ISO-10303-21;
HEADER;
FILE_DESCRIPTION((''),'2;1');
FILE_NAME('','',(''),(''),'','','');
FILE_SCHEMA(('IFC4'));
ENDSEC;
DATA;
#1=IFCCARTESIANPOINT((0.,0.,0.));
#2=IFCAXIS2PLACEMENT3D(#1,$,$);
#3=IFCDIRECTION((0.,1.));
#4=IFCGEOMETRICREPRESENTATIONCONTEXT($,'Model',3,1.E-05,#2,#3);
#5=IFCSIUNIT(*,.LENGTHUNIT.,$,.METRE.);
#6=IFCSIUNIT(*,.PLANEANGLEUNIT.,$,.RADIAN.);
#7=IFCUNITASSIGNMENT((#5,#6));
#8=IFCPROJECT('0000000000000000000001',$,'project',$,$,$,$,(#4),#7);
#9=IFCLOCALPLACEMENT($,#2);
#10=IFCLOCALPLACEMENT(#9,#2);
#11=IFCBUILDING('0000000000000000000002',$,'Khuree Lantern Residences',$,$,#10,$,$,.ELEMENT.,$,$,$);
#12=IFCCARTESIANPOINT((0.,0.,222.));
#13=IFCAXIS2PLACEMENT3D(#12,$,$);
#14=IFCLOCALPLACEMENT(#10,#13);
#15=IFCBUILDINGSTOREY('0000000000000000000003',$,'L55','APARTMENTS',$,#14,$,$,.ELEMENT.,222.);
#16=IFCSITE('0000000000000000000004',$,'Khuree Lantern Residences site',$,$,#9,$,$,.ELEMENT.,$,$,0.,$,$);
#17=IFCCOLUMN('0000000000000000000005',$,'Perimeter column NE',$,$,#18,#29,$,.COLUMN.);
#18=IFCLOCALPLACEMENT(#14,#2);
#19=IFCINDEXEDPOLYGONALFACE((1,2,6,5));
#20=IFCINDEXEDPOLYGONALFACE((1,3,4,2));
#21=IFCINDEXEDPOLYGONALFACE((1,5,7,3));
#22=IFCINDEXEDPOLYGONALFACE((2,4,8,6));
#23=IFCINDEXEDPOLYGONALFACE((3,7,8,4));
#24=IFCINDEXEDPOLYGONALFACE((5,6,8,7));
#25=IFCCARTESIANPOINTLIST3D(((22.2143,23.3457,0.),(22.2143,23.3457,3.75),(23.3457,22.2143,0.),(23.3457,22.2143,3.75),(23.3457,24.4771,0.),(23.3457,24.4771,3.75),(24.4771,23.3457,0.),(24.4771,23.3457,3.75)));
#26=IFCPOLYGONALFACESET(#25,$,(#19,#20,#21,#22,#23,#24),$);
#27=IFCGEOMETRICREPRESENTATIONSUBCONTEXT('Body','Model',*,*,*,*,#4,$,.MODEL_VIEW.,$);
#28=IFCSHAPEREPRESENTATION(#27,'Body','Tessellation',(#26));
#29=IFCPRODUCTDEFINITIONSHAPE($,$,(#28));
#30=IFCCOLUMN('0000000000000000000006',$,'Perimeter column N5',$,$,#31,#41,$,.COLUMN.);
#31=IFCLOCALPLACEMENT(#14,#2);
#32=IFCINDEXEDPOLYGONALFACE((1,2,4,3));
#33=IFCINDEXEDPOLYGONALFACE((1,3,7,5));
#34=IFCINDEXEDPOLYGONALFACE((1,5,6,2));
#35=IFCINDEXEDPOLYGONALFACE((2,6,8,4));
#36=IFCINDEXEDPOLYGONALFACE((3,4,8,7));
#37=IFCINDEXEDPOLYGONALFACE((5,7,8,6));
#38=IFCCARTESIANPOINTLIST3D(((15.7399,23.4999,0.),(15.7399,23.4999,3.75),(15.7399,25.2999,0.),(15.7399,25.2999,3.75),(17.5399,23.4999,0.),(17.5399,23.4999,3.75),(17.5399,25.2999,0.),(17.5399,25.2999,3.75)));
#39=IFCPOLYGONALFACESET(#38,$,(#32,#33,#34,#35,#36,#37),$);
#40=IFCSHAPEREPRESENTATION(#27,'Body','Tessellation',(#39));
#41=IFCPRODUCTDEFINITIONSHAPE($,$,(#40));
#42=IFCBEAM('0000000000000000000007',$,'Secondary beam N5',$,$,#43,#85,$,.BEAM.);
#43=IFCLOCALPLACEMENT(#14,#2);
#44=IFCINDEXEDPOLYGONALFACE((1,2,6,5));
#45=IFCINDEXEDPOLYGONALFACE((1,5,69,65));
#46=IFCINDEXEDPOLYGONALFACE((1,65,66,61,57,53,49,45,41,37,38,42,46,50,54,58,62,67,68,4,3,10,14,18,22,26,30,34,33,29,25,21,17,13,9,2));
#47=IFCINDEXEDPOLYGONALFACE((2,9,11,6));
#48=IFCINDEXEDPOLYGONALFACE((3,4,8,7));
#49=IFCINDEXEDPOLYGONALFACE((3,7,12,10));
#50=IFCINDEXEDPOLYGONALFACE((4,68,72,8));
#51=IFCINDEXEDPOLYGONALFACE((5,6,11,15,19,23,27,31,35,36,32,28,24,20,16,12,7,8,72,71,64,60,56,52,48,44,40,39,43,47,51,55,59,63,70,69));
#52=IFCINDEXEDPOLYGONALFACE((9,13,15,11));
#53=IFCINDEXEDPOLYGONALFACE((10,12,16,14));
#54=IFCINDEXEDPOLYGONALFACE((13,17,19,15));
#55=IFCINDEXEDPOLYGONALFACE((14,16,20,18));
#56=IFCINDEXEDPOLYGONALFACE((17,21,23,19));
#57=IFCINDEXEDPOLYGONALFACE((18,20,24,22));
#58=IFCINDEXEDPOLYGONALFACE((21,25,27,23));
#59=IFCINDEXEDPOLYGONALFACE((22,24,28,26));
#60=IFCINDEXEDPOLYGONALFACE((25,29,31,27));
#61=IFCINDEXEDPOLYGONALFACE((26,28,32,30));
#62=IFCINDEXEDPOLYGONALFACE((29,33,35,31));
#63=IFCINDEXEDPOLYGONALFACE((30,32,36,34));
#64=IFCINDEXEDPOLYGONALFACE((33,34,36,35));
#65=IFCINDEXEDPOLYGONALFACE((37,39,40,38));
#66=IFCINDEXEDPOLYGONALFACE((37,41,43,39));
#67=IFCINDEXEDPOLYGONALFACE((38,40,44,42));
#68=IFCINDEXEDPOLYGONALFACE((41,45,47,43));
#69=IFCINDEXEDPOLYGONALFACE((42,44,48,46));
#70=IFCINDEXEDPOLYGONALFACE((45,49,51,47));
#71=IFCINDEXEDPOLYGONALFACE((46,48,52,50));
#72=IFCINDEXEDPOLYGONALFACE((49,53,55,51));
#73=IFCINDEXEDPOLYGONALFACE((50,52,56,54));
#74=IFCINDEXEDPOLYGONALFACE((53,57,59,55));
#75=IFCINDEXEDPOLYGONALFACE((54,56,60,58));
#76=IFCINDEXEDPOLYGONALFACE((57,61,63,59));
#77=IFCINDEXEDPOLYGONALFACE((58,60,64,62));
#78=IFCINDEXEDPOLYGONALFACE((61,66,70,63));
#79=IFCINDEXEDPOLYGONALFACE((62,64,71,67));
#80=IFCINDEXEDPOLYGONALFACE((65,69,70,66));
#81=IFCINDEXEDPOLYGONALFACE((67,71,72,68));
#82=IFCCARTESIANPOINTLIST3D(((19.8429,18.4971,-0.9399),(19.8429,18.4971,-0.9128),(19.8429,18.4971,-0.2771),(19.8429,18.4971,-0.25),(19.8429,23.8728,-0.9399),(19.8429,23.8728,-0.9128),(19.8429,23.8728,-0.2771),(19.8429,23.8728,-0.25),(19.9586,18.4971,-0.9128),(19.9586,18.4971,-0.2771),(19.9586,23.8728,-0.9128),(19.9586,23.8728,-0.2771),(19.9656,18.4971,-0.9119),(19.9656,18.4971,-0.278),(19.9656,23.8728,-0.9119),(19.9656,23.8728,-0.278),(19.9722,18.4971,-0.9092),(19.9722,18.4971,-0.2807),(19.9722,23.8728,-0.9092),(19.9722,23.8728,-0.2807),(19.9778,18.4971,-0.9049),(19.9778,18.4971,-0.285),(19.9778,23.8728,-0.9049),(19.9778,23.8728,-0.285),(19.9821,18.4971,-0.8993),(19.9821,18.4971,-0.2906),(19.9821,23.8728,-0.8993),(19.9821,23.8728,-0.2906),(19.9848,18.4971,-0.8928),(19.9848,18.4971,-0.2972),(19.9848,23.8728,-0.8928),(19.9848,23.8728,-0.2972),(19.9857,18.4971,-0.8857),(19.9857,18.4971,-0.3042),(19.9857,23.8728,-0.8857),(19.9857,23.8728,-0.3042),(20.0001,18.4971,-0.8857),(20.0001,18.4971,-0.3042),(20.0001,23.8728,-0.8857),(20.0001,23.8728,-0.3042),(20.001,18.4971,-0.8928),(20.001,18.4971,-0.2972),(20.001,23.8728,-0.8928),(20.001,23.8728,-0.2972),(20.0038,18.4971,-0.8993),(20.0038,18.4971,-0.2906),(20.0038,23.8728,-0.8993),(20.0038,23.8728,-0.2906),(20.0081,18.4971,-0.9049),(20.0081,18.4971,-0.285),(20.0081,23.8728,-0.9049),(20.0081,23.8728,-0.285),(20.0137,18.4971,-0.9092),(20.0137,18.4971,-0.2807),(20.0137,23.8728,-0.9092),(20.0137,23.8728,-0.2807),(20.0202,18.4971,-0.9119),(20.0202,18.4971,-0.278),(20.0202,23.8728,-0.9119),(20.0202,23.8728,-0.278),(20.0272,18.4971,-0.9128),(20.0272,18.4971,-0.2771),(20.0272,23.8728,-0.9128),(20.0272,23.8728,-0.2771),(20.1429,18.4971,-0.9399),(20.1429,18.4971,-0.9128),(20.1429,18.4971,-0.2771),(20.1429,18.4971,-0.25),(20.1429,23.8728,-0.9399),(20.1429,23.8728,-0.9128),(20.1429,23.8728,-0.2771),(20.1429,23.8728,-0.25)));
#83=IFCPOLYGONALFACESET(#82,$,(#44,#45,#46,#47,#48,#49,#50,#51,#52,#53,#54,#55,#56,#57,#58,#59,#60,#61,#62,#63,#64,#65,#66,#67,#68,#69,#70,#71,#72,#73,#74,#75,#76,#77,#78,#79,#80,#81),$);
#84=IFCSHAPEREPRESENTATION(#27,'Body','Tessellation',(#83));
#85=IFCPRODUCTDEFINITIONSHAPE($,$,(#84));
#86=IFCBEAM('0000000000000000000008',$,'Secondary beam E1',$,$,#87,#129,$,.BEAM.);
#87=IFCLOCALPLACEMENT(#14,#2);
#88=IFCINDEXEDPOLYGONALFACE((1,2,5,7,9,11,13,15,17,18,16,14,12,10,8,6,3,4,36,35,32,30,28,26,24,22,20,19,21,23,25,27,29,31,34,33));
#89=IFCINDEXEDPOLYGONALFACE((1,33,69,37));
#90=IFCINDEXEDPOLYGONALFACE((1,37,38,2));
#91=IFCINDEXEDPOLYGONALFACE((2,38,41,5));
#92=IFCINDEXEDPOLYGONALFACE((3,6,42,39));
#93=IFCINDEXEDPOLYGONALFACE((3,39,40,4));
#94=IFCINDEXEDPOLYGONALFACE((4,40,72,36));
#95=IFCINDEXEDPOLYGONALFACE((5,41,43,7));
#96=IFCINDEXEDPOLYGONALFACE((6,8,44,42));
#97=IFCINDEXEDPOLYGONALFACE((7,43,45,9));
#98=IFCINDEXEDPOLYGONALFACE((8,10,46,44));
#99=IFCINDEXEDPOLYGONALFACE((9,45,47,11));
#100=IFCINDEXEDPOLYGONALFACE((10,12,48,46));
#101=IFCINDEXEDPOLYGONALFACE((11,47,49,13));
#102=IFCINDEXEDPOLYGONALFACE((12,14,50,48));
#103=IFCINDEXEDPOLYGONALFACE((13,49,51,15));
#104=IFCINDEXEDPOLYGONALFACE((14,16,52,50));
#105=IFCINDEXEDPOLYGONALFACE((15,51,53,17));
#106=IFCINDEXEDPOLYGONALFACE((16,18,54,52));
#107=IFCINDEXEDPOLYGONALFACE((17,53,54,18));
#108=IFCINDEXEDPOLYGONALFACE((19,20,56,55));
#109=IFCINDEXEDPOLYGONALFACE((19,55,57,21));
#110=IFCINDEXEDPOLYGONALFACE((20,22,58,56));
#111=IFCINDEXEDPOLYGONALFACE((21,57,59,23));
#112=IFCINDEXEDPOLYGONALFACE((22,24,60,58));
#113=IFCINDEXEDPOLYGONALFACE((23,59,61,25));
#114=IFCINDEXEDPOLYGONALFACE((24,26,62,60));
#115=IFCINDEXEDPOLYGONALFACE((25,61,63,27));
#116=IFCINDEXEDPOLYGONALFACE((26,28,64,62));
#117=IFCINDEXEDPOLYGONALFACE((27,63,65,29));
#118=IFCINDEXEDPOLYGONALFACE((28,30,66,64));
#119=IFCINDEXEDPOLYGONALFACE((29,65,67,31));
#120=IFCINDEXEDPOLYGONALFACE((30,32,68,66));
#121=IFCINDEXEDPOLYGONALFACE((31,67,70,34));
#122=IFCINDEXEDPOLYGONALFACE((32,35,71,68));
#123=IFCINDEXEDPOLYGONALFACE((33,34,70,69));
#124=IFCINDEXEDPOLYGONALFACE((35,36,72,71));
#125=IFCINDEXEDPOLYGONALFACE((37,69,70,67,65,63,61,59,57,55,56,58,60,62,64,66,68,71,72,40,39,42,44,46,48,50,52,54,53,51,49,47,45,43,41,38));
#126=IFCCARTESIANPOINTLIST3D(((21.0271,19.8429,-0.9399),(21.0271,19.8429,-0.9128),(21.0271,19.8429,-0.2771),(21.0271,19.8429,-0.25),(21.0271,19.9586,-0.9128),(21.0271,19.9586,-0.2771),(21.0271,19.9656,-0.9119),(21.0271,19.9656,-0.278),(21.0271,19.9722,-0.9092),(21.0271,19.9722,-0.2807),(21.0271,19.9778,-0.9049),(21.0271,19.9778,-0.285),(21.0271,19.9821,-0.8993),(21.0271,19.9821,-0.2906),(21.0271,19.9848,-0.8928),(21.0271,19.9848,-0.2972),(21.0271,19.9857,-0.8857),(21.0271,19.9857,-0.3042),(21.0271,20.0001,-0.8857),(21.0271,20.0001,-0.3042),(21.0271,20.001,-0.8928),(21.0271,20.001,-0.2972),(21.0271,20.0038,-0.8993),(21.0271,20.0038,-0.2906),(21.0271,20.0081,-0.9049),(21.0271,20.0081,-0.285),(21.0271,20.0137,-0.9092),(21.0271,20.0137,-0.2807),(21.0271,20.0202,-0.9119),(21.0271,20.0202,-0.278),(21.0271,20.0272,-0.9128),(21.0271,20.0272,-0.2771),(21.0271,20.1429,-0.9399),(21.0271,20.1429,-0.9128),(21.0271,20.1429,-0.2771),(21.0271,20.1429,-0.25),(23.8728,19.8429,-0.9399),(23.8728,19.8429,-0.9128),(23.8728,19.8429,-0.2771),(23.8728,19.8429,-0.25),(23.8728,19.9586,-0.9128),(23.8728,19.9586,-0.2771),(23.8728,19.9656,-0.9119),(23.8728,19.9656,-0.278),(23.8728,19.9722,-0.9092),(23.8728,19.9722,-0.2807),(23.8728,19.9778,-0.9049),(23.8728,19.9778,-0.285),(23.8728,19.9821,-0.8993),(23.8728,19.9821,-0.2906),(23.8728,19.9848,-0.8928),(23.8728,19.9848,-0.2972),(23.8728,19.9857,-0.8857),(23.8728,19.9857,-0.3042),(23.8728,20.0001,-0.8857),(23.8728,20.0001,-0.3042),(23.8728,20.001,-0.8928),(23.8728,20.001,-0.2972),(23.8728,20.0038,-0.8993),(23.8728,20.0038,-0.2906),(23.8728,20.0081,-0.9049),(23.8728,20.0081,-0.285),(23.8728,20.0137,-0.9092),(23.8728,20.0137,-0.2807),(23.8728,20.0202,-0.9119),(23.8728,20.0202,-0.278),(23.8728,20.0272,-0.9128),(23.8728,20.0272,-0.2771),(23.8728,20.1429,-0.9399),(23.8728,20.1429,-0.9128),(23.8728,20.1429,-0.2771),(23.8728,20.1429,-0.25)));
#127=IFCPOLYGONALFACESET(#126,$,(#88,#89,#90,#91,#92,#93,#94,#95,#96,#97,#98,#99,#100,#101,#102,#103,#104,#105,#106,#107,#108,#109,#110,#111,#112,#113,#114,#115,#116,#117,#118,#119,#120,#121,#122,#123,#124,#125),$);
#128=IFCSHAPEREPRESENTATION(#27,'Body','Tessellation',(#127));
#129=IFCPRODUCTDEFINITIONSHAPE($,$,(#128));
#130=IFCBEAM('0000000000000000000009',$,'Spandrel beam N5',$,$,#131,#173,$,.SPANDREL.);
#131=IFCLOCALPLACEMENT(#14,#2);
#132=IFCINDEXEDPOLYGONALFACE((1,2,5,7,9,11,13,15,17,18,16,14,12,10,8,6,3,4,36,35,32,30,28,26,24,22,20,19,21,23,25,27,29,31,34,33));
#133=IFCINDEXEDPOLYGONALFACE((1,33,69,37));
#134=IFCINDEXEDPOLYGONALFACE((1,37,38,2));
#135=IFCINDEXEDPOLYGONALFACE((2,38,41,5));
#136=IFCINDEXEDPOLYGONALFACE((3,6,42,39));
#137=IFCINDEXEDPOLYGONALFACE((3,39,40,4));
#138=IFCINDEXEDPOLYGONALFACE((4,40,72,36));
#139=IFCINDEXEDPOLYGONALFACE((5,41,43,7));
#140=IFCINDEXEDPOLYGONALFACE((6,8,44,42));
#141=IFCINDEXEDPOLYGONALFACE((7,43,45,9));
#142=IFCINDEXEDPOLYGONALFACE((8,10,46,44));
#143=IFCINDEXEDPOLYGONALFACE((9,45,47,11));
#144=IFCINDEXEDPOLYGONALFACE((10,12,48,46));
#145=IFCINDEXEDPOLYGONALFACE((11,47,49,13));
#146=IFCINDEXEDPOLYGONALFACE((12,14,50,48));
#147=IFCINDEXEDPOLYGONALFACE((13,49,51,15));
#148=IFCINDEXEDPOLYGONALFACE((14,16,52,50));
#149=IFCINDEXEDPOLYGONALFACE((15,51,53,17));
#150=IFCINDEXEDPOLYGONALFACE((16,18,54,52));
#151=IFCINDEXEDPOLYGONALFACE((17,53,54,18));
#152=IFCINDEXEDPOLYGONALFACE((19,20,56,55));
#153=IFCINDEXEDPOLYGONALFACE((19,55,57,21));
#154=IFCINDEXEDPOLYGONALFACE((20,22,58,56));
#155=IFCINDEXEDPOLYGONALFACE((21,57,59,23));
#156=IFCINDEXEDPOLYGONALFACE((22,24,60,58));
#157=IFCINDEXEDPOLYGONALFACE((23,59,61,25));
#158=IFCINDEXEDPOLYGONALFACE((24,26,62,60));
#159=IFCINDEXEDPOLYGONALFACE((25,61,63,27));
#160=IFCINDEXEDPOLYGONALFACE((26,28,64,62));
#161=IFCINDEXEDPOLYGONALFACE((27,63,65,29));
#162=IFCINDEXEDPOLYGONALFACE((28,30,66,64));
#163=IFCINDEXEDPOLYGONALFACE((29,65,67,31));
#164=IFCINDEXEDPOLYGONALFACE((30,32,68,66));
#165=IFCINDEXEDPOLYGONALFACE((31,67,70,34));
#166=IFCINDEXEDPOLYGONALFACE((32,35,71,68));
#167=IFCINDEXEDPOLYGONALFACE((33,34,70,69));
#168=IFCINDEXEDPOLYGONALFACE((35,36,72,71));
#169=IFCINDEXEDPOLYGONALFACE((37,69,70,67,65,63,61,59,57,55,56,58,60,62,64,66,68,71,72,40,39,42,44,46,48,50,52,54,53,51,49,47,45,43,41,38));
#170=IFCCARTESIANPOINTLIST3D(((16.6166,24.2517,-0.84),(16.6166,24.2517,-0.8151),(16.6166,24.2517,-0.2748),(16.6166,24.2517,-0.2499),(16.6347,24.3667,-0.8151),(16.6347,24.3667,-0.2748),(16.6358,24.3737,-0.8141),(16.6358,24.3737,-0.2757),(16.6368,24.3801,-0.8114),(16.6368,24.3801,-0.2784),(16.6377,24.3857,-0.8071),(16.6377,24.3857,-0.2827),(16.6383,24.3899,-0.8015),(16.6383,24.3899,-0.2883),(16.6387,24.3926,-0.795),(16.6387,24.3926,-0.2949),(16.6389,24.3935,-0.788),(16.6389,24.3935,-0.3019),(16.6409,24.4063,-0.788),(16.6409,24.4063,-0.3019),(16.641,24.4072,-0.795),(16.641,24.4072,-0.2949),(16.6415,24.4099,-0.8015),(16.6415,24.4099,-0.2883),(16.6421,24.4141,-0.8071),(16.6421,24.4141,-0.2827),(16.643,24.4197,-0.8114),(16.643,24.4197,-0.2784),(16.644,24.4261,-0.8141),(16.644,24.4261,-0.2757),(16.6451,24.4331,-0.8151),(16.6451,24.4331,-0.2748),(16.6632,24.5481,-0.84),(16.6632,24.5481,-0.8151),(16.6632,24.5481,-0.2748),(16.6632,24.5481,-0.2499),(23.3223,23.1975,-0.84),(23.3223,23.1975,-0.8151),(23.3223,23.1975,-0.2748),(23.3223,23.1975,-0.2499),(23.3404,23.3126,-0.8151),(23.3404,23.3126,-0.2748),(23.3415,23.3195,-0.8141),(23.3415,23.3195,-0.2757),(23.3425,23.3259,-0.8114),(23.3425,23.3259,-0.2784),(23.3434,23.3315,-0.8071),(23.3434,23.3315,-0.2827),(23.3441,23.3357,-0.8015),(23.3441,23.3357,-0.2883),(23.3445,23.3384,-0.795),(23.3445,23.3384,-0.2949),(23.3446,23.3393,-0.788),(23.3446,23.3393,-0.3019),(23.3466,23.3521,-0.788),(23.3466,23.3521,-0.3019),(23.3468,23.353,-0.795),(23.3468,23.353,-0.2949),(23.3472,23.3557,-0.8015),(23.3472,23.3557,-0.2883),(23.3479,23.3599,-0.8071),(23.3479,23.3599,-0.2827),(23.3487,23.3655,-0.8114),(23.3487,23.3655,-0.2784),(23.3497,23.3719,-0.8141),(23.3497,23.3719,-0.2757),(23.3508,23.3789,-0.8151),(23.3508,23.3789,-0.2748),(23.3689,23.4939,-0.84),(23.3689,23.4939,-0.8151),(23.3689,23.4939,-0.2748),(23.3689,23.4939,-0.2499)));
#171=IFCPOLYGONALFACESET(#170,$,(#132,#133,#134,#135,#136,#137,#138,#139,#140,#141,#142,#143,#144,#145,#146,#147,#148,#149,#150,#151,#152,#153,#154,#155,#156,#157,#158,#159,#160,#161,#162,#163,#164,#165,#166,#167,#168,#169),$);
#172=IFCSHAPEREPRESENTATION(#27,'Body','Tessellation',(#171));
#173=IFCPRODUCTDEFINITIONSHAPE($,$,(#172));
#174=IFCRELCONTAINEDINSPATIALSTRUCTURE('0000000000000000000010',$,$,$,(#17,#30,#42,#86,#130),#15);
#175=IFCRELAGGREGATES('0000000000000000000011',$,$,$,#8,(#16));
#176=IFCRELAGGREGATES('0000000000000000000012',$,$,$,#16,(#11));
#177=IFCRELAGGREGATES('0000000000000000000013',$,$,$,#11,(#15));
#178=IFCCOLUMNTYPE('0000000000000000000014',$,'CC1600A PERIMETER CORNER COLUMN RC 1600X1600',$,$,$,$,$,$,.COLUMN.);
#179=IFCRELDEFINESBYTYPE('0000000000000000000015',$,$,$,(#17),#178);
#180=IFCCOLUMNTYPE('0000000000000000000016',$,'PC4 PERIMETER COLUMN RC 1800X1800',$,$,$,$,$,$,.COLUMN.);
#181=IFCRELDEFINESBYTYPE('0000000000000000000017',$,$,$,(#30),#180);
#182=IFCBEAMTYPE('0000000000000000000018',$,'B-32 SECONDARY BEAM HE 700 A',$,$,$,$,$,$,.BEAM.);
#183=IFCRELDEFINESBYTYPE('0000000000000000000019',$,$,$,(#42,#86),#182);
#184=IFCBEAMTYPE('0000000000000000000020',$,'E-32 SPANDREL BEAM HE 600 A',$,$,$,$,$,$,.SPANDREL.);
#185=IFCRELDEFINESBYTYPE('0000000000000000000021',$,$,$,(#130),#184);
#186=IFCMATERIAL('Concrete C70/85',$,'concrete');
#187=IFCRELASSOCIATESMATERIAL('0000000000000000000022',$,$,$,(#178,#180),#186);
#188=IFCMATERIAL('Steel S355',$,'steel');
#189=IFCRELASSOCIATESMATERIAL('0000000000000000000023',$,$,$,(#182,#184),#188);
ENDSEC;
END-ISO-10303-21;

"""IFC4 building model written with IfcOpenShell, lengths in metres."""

from ifc_helpers import new_model, si_unit, direction, frame, origin, origin_2d, place, context, subcontext, project, spatial, rectangle, i_section, extrude, material, material_profile, profile_set, type_object, element, save


model = new_model("IFC4")

# Units and contexts
model_context = context("Model", 3, precision=1e-05, world=origin(), true_north=direction((0.0, 1.0)))
body_context = subcontext(model_context, "Body", "Model", "MODEL_VIEW")
ifc_project = project(units=[si_unit("LENGTHUNIT", "METRE"), si_unit("PLANEANGLEUNIT", "RADIAN")], contexts=[model_context])

# Site, building, storey
site_placement = place(None, origin())
site = spatial("IfcSite", under=ifc_project, at=site_placement, Name="Khuree Lantern Residences site", CompositionType="ELEMENT", RefElevation=0.0)
building_placement = place(site_placement, origin())
building = spatial("IfcBuilding", under=site, at=building_placement, Name="Khuree Lantern Residences", CompositionType="ELEMENT")
storey_placement = place(building_placement, frame((0.0, 0.0, 222.0)))
storey = spatial("IfcBuildingStorey", under=building, at=storey_placement, Name="L55", Description="APARTMENTS", CompositionType="ELEMENT", Elevation=222.0)

# Columns
ifc_material_1 = material(Name="Concrete C70/85", Category="concrete")
ifc_material_profile_1 = material_profile(ifc_material_1, rectangle(XDim=1.6001, YDim=1.6001, at=origin_2d()), Name="RC 1600X1600")
ifc_profile_set_1 = profile_set([ifc_material_profile_1], Name="Concrete C70/85")
column_type_1 = type_object("IfcColumnType", Name="CC1600A PERIMETER CORNER COLUMN RC 1600X1600", PredefinedType="COLUMN", material=ifc_profile_set_1)
column_1_placement = place(storey_placement, frame((23.3457, 23.3457, 0.0), z_axis=(0.0, 0.0, 1.0), x_axis=(0.707107, -0.707107, 0.0)))
element("IfcColumn", 1, at=column_1_placement, inside=storey, type_object=column_type_1, Name="Perimeter column NE", PredefinedType="COLUMN", context=body_context, shape_type="SweptSolid", body=[
    extrude(rectangle(XDim=1.6001, YDim=1.6001, at=origin_2d()), origin(), (0.0, 0.0, 1.0), 3.75),
])
ifc_material_profile_2 = material_profile(ifc_material_1, rectangle(XDim=1.8, YDim=1.8, at=origin_2d()), Name="RC 1800X1800")
ifc_profile_set_2 = profile_set([ifc_material_profile_2], Name="Concrete C70/85")
column_type_2 = type_object("IfcColumnType", Name="PC4 PERIMETER COLUMN RC 1800X1800", PredefinedType="COLUMN", material=ifc_profile_set_2)
column_2_placement = place(storey_placement, frame((16.6399, 24.3999, 0.0), z_axis=(0.0, 0.0, 1.0), x_axis=(1.0, 0.0, 0.0)))
element("IfcColumn", 2, at=column_2_placement, inside=storey, type_object=column_type_2, Name="Perimeter column N5", PredefinedType="COLUMN", context=body_context, shape_type="SweptSolid", body=[
    extrude(rectangle(XDim=1.8, YDim=1.8, at=origin_2d()), origin(), (0.0, 0.0, 1.0), 3.75),
])

# Beams
ifc_material_2 = material(Name="Steel S355", Category="steel")
ifc_material_profile_3 = material_profile(ifc_material_2, i_section(OverallWidth=0.3, OverallDepth=0.6899, WebThickness=0.0144, FlangeThickness=0.0271, FilletRadius=0.0271, at=origin_2d()), Name="HE 700 A")
ifc_profile_set_3 = profile_set([ifc_material_profile_3], Name="Steel S355")
beam_type_1 = type_object("IfcBeamType", Name="B-32 SECONDARY BEAM HE 700 A", PredefinedType="BEAM", material=ifc_profile_set_3)
beam_1_placement = place(storey_placement, frame((19.9929, 23.8728, -0.595), z_axis=(0.0, -1.0, 0.0), x_axis=(1.0, 0.0, 0.0)))
element("IfcBeam", 3, at=beam_1_placement, inside=storey, type_object=beam_type_1, Name="Secondary beam N5", PredefinedType="BEAM", context=body_context, shape_type="SweptSolid", body=[
    extrude(i_section(OverallWidth=0.3, OverallDepth=0.6899, WebThickness=0.0144, FlangeThickness=0.0271, FilletRadius=0.0271, at=origin_2d()), origin(), (0.0, 0.0, 1.0), 5.3757),
])
beam_2_placement = place(storey_placement, frame((23.8728, 19.9929, -0.595), z_axis=(-1.0, 0.0, 0.0), x_axis=(0.0, -1.0, 0.0)))
element("IfcBeam", 4, at=beam_2_placement, inside=storey, type_object=beam_type_1, Name="Secondary beam E1", PredefinedType="BEAM", context=body_context, shape_type="SweptSolid", body=[
    extrude(i_section(OverallWidth=0.3, OverallDepth=0.6899, WebThickness=0.0144, FlangeThickness=0.0271, FilletRadius=0.0271, at=origin_2d()), origin(), (0.0, 0.0, 1.0), 2.8457),
])
ifc_material_profile_4 = material_profile(ifc_material_2, i_section(OverallWidth=0.3, OverallDepth=0.5901, WebThickness=0.0129, FlangeThickness=0.0249, FilletRadius=0.0271, at=origin_2d()), Name="HE 600 A")
ifc_profile_set_4 = profile_set([ifc_material_profile_4], Name="Steel S355")
beam_type_2 = type_object("IfcBeamType", Name="E-32 SPANDREL BEAM HE 600 A", PredefinedType="SPANDREL", material=ifc_profile_set_4)
for number, where, z_axis, x_axis, name in (
    (5, (16.6399, 24.3999, -0.5449), (0.987867, -0.1553, 0.0), (0.1553, 0.987867, 0.0), "Spandrel beam N5"),
):
    element("IfcBeam", number, at=place(storey_placement, frame(where, z_axis=z_axis, x_axis=x_axis)), inside=storey, type_object=beam_type_2, Name=name, PredefinedType="SPANDREL", context=body_context, shape_type="SweptSolid", body=[
        extrude(i_section(OverallWidth=0.3, OverallDepth=0.5901, WebThickness=0.0129, FlangeThickness=0.0249, FilletRadius=0.0271, at=origin_2d()), origin(), (0.0, 0.0, 1.0), 6.7881),
    ])

save(model, "model.ifc")
